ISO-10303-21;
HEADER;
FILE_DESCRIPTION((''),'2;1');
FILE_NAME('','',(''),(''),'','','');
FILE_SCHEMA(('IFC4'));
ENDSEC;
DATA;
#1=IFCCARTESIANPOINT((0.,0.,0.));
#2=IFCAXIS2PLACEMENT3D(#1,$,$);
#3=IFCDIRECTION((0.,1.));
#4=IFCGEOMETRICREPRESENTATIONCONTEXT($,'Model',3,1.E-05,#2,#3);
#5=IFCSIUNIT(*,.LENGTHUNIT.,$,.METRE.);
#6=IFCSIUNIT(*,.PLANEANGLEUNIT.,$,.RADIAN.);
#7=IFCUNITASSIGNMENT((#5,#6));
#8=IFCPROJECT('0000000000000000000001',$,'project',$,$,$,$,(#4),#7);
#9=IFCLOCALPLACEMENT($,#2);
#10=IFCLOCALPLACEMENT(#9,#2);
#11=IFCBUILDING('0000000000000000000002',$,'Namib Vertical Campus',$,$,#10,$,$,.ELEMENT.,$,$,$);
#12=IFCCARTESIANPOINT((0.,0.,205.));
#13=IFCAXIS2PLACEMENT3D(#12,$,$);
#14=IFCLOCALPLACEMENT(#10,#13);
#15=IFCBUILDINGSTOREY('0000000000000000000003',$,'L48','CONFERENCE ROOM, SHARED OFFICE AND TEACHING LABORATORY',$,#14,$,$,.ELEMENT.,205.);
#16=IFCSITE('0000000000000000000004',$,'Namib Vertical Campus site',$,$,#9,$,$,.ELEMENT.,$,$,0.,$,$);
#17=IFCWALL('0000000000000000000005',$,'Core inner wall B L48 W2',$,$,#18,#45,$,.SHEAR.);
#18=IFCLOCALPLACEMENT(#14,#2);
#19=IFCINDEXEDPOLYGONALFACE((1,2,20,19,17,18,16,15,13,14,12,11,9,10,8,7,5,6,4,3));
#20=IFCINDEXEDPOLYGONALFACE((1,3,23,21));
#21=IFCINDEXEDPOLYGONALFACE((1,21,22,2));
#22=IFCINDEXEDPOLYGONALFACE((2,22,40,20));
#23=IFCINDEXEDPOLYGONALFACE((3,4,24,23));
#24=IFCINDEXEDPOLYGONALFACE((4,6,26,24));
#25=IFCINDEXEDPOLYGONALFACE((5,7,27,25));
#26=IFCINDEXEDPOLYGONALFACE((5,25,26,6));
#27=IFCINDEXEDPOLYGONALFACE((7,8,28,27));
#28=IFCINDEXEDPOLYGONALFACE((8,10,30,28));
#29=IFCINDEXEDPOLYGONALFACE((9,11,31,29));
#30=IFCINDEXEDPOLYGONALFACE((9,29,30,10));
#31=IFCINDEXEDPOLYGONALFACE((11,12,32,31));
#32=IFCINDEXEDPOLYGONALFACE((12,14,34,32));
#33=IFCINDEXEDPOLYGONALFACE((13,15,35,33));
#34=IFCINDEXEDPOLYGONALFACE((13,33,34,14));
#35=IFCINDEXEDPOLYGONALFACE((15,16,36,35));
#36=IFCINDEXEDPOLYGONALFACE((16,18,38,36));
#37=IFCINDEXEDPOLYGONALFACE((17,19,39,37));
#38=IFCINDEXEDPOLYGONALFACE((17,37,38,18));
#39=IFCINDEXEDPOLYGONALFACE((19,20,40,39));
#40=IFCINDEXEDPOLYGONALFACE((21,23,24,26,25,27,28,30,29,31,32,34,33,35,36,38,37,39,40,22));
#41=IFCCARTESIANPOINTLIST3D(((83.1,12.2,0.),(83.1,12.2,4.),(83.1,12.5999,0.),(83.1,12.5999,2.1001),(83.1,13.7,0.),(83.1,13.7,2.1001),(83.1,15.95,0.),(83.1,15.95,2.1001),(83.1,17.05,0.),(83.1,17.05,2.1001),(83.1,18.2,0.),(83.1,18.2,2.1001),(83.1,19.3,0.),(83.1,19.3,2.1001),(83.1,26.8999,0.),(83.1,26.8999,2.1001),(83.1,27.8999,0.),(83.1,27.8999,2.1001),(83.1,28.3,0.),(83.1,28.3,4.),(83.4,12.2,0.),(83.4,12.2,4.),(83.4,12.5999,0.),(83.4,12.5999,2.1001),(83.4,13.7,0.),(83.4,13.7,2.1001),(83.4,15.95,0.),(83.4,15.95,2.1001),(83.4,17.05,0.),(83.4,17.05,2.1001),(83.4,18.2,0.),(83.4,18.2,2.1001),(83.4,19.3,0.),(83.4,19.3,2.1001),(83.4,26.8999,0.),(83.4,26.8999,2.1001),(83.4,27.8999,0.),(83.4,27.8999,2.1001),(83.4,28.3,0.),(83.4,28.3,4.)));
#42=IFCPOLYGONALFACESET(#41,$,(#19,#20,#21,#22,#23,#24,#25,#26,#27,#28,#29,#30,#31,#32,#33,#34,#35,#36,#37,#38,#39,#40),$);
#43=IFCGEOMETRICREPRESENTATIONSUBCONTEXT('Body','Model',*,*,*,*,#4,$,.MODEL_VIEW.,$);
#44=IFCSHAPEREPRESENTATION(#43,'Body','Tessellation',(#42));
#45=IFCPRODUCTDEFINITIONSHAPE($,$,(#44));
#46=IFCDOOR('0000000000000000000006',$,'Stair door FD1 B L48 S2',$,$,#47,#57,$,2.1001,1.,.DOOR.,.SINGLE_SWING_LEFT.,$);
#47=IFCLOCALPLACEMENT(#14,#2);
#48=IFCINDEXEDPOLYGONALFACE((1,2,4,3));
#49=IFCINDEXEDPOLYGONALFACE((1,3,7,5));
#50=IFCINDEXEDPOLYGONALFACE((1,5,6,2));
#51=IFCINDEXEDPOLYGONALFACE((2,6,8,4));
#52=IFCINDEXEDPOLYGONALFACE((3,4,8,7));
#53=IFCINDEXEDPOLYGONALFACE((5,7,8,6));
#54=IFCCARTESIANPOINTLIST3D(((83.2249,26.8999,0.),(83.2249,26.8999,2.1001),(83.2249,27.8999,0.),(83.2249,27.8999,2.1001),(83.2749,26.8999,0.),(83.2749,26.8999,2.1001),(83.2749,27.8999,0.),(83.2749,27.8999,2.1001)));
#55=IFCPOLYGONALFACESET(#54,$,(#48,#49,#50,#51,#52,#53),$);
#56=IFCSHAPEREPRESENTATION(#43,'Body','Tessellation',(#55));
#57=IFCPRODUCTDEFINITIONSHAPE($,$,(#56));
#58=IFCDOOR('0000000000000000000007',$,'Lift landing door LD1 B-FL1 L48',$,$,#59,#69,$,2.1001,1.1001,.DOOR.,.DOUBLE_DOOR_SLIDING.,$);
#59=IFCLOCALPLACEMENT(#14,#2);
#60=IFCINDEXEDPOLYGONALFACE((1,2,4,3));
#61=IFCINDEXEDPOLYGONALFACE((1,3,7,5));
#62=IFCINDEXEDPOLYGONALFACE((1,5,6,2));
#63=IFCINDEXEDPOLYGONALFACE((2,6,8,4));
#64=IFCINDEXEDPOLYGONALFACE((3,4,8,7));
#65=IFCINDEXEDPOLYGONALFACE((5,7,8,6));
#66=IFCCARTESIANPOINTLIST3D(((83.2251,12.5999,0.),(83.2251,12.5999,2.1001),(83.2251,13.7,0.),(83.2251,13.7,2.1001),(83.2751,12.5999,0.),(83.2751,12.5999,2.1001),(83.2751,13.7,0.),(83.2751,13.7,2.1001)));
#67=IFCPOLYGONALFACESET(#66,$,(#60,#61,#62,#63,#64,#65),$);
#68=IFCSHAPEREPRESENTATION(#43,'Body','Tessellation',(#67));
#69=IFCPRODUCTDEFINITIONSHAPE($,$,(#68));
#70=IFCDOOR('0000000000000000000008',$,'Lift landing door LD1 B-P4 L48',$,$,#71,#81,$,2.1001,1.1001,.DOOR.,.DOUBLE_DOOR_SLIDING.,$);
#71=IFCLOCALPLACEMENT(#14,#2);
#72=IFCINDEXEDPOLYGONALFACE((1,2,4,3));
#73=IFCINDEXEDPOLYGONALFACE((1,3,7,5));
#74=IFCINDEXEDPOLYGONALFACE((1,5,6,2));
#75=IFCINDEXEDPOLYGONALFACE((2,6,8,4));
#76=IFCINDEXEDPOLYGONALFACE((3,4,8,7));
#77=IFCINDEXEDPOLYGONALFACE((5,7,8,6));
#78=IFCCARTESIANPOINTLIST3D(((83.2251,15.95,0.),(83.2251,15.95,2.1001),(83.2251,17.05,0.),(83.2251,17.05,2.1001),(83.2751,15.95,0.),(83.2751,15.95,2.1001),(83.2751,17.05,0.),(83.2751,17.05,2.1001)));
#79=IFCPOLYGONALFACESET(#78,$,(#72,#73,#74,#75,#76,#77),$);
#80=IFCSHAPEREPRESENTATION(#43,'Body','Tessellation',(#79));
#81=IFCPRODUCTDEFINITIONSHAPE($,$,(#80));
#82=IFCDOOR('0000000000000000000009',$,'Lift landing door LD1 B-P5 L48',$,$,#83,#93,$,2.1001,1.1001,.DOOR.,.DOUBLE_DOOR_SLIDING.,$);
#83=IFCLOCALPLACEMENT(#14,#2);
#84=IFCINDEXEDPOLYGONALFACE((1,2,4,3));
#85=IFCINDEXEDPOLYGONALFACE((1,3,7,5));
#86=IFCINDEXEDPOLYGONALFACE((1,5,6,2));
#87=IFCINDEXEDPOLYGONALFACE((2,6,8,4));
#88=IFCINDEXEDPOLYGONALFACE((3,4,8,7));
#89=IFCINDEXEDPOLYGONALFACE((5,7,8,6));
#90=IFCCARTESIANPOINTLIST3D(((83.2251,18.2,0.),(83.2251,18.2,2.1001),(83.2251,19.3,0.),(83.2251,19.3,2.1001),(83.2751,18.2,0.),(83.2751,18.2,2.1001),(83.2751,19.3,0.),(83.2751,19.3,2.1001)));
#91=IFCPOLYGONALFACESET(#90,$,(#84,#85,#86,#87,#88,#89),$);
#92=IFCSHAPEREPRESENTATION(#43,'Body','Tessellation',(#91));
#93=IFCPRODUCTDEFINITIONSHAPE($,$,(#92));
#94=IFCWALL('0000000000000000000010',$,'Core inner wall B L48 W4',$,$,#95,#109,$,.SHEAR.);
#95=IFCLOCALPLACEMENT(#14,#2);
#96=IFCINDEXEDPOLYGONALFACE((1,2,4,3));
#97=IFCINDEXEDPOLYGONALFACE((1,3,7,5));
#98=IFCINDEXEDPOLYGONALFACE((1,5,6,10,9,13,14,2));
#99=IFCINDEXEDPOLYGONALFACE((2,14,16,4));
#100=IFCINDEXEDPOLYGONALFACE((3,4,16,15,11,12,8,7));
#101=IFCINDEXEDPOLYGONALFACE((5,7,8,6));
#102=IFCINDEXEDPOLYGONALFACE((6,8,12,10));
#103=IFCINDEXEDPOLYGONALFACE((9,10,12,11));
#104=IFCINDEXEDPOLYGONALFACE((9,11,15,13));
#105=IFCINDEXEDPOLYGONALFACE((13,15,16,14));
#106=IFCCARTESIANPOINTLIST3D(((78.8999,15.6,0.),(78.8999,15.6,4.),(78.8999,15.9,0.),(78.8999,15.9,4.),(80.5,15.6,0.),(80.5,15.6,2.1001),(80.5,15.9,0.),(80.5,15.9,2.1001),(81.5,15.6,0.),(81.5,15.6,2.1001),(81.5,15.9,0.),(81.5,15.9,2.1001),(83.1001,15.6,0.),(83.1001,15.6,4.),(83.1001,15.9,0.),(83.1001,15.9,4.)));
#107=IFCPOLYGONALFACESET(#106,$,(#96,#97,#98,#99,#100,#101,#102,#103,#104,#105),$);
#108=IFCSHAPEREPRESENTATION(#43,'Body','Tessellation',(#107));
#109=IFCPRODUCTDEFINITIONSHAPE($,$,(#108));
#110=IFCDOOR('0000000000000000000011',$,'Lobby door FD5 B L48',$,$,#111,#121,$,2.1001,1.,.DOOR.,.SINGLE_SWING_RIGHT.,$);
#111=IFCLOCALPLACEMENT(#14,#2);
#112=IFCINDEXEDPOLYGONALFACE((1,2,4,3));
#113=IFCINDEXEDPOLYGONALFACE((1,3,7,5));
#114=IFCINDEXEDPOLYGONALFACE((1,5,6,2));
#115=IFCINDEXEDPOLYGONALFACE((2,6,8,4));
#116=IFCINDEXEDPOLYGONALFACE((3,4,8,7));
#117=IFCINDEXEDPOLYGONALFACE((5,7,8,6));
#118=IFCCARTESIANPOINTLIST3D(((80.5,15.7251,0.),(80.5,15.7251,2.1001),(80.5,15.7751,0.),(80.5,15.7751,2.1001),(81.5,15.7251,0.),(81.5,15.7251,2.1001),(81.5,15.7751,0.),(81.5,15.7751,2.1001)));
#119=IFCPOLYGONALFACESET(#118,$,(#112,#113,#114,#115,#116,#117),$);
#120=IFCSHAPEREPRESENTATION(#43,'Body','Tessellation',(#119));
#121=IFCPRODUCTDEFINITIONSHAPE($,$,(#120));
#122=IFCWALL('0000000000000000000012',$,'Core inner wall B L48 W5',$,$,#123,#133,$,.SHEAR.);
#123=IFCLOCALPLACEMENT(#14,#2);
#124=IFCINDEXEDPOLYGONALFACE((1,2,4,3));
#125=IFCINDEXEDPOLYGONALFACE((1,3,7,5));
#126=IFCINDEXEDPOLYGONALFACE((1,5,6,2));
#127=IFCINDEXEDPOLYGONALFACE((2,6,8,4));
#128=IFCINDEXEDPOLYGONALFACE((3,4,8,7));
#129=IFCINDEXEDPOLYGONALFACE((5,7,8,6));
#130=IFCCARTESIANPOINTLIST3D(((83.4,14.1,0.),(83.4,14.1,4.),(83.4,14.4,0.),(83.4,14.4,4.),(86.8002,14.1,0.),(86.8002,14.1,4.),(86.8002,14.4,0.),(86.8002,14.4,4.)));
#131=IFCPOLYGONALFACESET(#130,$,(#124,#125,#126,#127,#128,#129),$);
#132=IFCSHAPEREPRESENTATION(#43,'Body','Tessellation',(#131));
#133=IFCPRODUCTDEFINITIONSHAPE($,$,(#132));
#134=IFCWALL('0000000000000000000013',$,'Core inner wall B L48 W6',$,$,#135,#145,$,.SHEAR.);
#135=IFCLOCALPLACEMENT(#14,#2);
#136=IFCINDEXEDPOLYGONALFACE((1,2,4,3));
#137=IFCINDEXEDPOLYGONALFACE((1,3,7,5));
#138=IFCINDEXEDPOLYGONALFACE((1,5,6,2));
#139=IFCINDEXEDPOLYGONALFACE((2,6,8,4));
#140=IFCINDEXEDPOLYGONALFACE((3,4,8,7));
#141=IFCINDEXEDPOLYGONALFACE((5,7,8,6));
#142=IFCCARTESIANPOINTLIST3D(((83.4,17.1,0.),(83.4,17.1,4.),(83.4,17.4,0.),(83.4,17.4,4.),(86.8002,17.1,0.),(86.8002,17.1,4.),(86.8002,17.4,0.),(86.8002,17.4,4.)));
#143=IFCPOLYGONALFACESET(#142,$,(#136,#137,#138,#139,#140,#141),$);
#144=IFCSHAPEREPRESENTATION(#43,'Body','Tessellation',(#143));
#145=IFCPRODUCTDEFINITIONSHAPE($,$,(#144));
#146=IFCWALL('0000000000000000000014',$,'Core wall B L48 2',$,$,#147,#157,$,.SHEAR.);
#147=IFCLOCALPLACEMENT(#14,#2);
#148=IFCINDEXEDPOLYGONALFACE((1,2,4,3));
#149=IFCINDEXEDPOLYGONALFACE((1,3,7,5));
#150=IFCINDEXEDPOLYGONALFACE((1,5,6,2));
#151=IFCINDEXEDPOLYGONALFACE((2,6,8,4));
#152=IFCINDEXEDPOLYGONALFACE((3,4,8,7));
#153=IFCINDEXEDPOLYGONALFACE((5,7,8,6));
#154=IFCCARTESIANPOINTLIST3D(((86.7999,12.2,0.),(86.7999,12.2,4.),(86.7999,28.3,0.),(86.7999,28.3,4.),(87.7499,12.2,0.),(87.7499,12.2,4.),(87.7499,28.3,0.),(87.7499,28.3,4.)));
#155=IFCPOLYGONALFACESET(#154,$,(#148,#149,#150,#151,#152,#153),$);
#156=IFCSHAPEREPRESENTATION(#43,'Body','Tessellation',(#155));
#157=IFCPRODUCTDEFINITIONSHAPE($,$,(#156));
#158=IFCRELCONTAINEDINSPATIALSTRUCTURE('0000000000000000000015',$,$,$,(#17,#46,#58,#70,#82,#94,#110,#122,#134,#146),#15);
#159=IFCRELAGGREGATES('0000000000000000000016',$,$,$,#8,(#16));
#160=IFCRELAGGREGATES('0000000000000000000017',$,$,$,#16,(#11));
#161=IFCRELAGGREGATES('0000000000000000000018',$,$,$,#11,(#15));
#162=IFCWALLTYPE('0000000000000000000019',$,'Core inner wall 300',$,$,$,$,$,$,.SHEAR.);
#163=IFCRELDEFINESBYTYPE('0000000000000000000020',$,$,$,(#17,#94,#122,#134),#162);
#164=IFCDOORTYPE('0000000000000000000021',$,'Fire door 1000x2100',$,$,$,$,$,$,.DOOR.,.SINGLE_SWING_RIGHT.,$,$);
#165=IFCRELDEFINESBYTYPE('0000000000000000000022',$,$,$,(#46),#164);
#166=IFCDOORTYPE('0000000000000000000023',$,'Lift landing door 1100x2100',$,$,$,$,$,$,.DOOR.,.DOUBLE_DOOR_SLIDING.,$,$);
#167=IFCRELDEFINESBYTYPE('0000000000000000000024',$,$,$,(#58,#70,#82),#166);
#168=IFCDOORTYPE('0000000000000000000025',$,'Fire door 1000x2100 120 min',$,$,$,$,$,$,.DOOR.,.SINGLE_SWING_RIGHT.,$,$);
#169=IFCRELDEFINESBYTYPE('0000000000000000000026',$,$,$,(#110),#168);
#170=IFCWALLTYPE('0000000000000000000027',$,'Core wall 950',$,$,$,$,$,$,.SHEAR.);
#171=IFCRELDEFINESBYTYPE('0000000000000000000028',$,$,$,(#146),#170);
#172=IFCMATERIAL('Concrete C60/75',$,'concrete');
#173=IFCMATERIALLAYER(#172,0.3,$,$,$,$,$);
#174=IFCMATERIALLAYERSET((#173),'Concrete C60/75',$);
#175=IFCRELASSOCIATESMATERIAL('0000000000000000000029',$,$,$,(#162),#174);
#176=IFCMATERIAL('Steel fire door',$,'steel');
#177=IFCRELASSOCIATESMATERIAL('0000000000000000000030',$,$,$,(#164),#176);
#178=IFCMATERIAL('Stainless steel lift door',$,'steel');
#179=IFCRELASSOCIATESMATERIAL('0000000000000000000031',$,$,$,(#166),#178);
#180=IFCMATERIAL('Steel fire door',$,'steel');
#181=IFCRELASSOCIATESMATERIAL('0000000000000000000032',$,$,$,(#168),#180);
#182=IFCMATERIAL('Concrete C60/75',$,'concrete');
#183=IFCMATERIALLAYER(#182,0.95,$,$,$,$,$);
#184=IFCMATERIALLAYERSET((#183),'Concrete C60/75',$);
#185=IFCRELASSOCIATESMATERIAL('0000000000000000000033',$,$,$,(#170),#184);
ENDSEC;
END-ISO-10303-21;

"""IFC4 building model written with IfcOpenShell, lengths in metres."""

from ifc_helpers import new_model, si_unit, direction, frame, frame_2d, origin, place, context, subcontext, project, spatial, rectangle, extrude, material, layer, layer_set, type_object, element, fill, save


model = new_model("IFC4")

# Units and contexts
model_context = context("Model", 3, precision=1e-05, world=origin(), true_north=direction((0.0, 1.0)))
body_context = subcontext(model_context, "Body", "Model", "MODEL_VIEW")
ifc_project = project(units=[si_unit("LENGTHUNIT", "METRE"), si_unit("PLANEANGLEUNIT", "RADIAN")], contexts=[model_context])

# Site, building, storey
site_placement = place(None, origin())
site = spatial("IfcSite", under=ifc_project, at=site_placement, Name="Namib Vertical Campus site", CompositionType="ELEMENT", RefElevation=0.0)
building_placement = place(site_placement, origin())
building = spatial("IfcBuilding", under=site, at=building_placement, Name="Namib Vertical Campus", CompositionType="ELEMENT")
storey_placement = place(building_placement, frame((0.0, 0.0, 205.0)))
storey = spatial("IfcBuildingStorey", under=building, at=storey_placement, Name="L48", Description="CONFERENCE ROOM, SHARED OFFICE AND TEACHING LABORATORY", CompositionType="ELEMENT", Elevation=205.0)

# Wall, openings, doors
ifc_material_1 = material(Name="Concrete C60/75", Category="concrete")
ifc_layer_1 = layer(ifc_material_1, 0.3)
ifc_layer_set_1 = layer_set([ifc_layer_1], Name="Concrete C60/75")
wall_type_1 = type_object("IfcWallType", Name="Core inner wall 300", PredefinedType="SHEAR", material=ifc_layer_set_1)
ifc_material_2 = material(Name="Steel fire door", Category="steel")
door_type_1 = type_object("IfcDoorType", Name="Fire door 1000x2100", OperationType="SINGLE_SWING_RIGHT", PredefinedType="DOOR", material=ifc_material_2)
ifc_material_3 = material(Name="Stainless steel lift door", Category="steel")
door_type_2 = type_object("IfcDoorType", Name="Lift landing door 1100x2100", OperationType="DOUBLE_DOOR_SLIDING", PredefinedType="DOOR", material=ifc_material_3)
wall_1_placement = place(storey_placement, frame((83.25, 12.2, 0.0), z_axis=(0.0, 0.0, 1.0), x_axis=(0.0, 1.0, 0.0)))
wall_1 = element("IfcWall", 1, at=wall_1_placement, inside=storey, type_object=wall_type_1, Name="Core inner wall B L48 W2", PredefinedType="SHEAR", context=body_context, shape_type="SweptSolid", body=[
    extrude(rectangle(XDim=16.1001, YDim=0.3, at=frame_2d((8.05, 0.0))), origin(), (0.0, 0.0, 1.0), 4.0),
])
opening_1_placement = place(wall_1_placement, frame((14.7, 0.0, 0.0)))
opening_1 = element("IfcOpeningElement", 2, at=opening_1_placement, cuts=wall_1, PredefinedType="OPENING", context=body_context, shape_type="SweptSolid", body=[
    extrude(rectangle(XDim=1.0, YDim=2.1001, at=frame_2d((0.5, 1.05))), frame((0.0, 0.1599, 0.0), z_axis=(0.0, -1.0, 0.0), x_axis=(1.0, 0.0, 0.0)), (0.0, 0.0, 1.0), 0.3201),
])
opening_2_placement = place(wall_1_placement, frame((0.3999, 0.0, 0.0)))
opening_2 = element("IfcOpeningElement", 3, at=opening_2_placement, cuts=wall_1, PredefinedType="OPENING", context=body_context, shape_type="SweptSolid", body=[
    extrude(rectangle(XDim=1.1001, YDim=2.1001, at=frame_2d((0.55, 1.05))), frame((0.0, 0.1599, 0.0), z_axis=(0.0, -1.0, 0.0), x_axis=(1.0, 0.0, 0.0)), (0.0, 0.0, 1.0), 0.3201),
])
opening_3_placement = place(wall_1_placement, frame((3.75, 0.0, 0.0)))
opening_3 = element("IfcOpeningElement", 4, at=opening_3_placement, cuts=wall_1, PredefinedType="OPENING", context=body_context, shape_type="SweptSolid", body=[
    extrude(rectangle(XDim=1.1001, YDim=2.1001, at=frame_2d((0.55, 1.05))), frame((0.0, 0.1599, 0.0), z_axis=(0.0, -1.0, 0.0), x_axis=(1.0, 0.0, 0.0)), (0.0, 0.0, 1.0), 0.3201),
])
opening_4_placement = place(wall_1_placement, frame((6.0, 0.0, 0.0)))
opening_4 = element("IfcOpeningElement", 5, at=opening_4_placement, cuts=wall_1, PredefinedType="OPENING", context=body_context, shape_type="SweptSolid", body=[
    extrude(rectangle(XDim=1.1001, YDim=2.1001, at=frame_2d((0.55, 1.05))), frame((0.0, 0.1599, 0.0), z_axis=(0.0, -1.0, 0.0), x_axis=(1.0, 0.0, 0.0)), (0.0, 0.0, 1.0), 0.3201),
])
door_1_placement = place(opening_1_placement, frame((1.0, 0.0, 0.0), z_axis=(0.0, 0.0, 1.0), x_axis=(-1.0, 0.0, 0.0)))
door_1 = element("IfcDoor", 6, at=door_1_placement, inside=storey, type_object=door_type_1, Name="Stair door FD1 B L48 S2", OperationType="SINGLE_SWING_LEFT", OverallHeight=2.1001, OverallWidth=1.0, PredefinedType="DOOR", context=body_context, shape_type="SweptSolid", body=[
    extrude(rectangle(XDim=1.0, YDim=2.1001, at=frame_2d((0.5, 1.05))), frame((0.0, 0.0249, 0.0), z_axis=(0.0, -1.0, 0.0), x_axis=(1.0, 0.0, 0.0)), (0.0, 0.0, 1.0), 0.05),
])
fill(opening_1, door_1)
door_2_placement = place(opening_2_placement, origin())
door_2 = element("IfcDoor", 7, at=door_2_placement, inside=storey, type_object=door_type_2, Name="Lift landing door LD1 B-FL1 L48", OperationType="DOUBLE_DOOR_SLIDING", OverallHeight=2.1001, OverallWidth=1.1001, PredefinedType="DOOR", context=body_context, shape_type="SweptSolid", body=[
    extrude(rectangle(XDim=1.1001, YDim=2.1001, at=frame_2d((0.55, 1.05))), frame((0.0, 0.0249, 0.0), z_axis=(0.0, -1.0, 0.0), x_axis=(1.0, 0.0, 0.0)), (0.0, 0.0, 1.0), 0.05),
])
fill(opening_2, door_2)
door_3_placement = place(opening_3_placement, origin())
door_3 = element("IfcDoor", 8, at=door_3_placement, inside=storey, type_object=door_type_2, Name="Lift landing door LD1 B-P4 L48", OperationType="DOUBLE_DOOR_SLIDING", OverallHeight=2.1001, OverallWidth=1.1001, PredefinedType="DOOR", context=body_context, shape_type="SweptSolid", body=[
    extrude(rectangle(XDim=1.1001, YDim=2.1001, at=frame_2d((0.55, 1.05))), frame((0.0, 0.0249, 0.0), z_axis=(0.0, -1.0, 0.0), x_axis=(1.0, 0.0, 0.0)), (0.0, 0.0, 1.0), 0.05),
])
fill(opening_3, door_3)
door_4_placement = place(opening_4_placement, origin())
door_4 = element("IfcDoor", 9, at=door_4_placement, inside=storey, type_object=door_type_2, Name="Lift landing door LD1 B-P5 L48", OperationType="DOUBLE_DOOR_SLIDING", OverallHeight=2.1001, OverallWidth=1.1001, PredefinedType="DOOR", context=body_context, shape_type="SweptSolid", body=[
    extrude(rectangle(XDim=1.1001, YDim=2.1001, at=frame_2d((0.55, 1.05))), frame((0.0, 0.0249, 0.0), z_axis=(0.0, -1.0, 0.0), x_axis=(1.0, 0.0, 0.0)), (0.0, 0.0, 1.0), 0.05),
])
fill(opening_4, door_4)

# Wall, opening, door
wall_2_placement = place(storey_placement, frame((78.8999, 15.75, 0.0), z_axis=(0.0, 0.0, 1.0), x_axis=(1.0, 0.0, 0.0)))
wall_2 = element("IfcWall", 10, at=wall_2_placement, inside=storey, type_object=wall_type_1, Name="Core inner wall B L48 W4", PredefinedType="SHEAR", context=body_context, shape_type="SweptSolid", body=[
    extrude(rectangle(XDim=4.2002, YDim=0.3, at=frame_2d((2.1001, 0.0))), origin(), (0.0, 0.0, 1.0), 4.0),
])
opening_5_placement = place(wall_2_placement, frame((1.6001, 0.0, 0.0)))
opening_5 = element("IfcOpeningElement", 11, at=opening_5_placement, cuts=wall_2, PredefinedType="OPENING", context=body_context, shape_type="SweptSolid", body=[
    extrude(rectangle(XDim=1.0, YDim=2.1001, at=frame_2d((0.5, 1.05))), frame((0.0, 0.1599, 0.0), z_axis=(0.0, -1.0, 0.0), x_axis=(1.0, 0.0, 0.0)), (0.0, 0.0, 1.0), 0.3201),
])
ifc_material_4 = material(Name="Steel fire door", Category="steel")
door_type_3 = type_object("IfcDoorType", Name="Fire door 1000x2100 120 min", OperationType="SINGLE_SWING_RIGHT", PredefinedType="DOOR", material=ifc_material_4)
door_5_placement = place(opening_5_placement, frame((1.0, 0.0, 0.0), z_axis=(0.0, 0.0, 1.0), x_axis=(-1.0, 0.0, 0.0)))
door_5 = element("IfcDoor", 12, at=door_5_placement, inside=storey, type_object=door_type_3, Name="Lobby door FD5 B L48", OperationType="SINGLE_SWING_RIGHT", OverallHeight=2.1001, OverallWidth=1.0, PredefinedType="DOOR", context=body_context, shape_type="SweptSolid", body=[
    extrude(rectangle(XDim=1.0, YDim=2.1001, at=frame_2d((0.5, 1.05))), frame((0.0, 0.0249, 0.0), z_axis=(0.0, -1.0, 0.0), x_axis=(1.0, 0.0, 0.0)), (0.0, 0.0, 1.0), 0.05),
])
fill(opening_5, door_5)

# Walls
for number, where, z_axis, x_axis, name in (
    (13, (83.3999, 14.25, 0.0), (0.0, 0.0, 1.0), (1.0, 0.0, 0.0), "Core inner wall B L48 W5"),
    (14, (83.3999, 17.25, 0.0), (0.0, 0.0, 1.0), (1.0, 0.0, 0.0), "Core inner wall B L48 W6"),
):
    element("IfcWall", number, at=place(storey_placement, frame(where, z_axis=z_axis, x_axis=x_axis)), inside=storey, type_object=wall_type_1, Name=name, PredefinedType="SHEAR", context=body_context, shape_type="SweptSolid", body=[
        extrude(rectangle(XDim=3.4001, YDim=0.3, at=frame_2d((1.7002, 0.0))), origin(), (0.0, 0.0, 1.0), 4.0),
    ])
ifc_material_5 = material(Name="Concrete C60/75", Category="concrete")
ifc_layer_2 = layer(ifc_material_5, 0.95)
ifc_layer_set_2 = layer_set([ifc_layer_2], Name="Concrete C60/75")
wall_type_2 = type_object("IfcWallType", Name="Core wall 950", PredefinedType="SHEAR", material=ifc_layer_set_2)
wall_3_placement = place(storey_placement, frame((87.2749, 12.2, 0.0), z_axis=(0.0, 0.0, 1.0), x_axis=(0.0, 1.0, 0.0)))
element("IfcWall", 15, at=wall_3_placement, inside=storey, type_object=wall_type_2, Name="Core wall B L48 2", PredefinedType="SHEAR", context=body_context, shape_type="SweptSolid", body=[
    extrude(rectangle(XDim=16.1001, YDim=0.95, at=frame_2d((8.05, 0.0))), origin(), (0.0, 0.0, 1.0), 4.0),
])

save(model, "model.ifc")
